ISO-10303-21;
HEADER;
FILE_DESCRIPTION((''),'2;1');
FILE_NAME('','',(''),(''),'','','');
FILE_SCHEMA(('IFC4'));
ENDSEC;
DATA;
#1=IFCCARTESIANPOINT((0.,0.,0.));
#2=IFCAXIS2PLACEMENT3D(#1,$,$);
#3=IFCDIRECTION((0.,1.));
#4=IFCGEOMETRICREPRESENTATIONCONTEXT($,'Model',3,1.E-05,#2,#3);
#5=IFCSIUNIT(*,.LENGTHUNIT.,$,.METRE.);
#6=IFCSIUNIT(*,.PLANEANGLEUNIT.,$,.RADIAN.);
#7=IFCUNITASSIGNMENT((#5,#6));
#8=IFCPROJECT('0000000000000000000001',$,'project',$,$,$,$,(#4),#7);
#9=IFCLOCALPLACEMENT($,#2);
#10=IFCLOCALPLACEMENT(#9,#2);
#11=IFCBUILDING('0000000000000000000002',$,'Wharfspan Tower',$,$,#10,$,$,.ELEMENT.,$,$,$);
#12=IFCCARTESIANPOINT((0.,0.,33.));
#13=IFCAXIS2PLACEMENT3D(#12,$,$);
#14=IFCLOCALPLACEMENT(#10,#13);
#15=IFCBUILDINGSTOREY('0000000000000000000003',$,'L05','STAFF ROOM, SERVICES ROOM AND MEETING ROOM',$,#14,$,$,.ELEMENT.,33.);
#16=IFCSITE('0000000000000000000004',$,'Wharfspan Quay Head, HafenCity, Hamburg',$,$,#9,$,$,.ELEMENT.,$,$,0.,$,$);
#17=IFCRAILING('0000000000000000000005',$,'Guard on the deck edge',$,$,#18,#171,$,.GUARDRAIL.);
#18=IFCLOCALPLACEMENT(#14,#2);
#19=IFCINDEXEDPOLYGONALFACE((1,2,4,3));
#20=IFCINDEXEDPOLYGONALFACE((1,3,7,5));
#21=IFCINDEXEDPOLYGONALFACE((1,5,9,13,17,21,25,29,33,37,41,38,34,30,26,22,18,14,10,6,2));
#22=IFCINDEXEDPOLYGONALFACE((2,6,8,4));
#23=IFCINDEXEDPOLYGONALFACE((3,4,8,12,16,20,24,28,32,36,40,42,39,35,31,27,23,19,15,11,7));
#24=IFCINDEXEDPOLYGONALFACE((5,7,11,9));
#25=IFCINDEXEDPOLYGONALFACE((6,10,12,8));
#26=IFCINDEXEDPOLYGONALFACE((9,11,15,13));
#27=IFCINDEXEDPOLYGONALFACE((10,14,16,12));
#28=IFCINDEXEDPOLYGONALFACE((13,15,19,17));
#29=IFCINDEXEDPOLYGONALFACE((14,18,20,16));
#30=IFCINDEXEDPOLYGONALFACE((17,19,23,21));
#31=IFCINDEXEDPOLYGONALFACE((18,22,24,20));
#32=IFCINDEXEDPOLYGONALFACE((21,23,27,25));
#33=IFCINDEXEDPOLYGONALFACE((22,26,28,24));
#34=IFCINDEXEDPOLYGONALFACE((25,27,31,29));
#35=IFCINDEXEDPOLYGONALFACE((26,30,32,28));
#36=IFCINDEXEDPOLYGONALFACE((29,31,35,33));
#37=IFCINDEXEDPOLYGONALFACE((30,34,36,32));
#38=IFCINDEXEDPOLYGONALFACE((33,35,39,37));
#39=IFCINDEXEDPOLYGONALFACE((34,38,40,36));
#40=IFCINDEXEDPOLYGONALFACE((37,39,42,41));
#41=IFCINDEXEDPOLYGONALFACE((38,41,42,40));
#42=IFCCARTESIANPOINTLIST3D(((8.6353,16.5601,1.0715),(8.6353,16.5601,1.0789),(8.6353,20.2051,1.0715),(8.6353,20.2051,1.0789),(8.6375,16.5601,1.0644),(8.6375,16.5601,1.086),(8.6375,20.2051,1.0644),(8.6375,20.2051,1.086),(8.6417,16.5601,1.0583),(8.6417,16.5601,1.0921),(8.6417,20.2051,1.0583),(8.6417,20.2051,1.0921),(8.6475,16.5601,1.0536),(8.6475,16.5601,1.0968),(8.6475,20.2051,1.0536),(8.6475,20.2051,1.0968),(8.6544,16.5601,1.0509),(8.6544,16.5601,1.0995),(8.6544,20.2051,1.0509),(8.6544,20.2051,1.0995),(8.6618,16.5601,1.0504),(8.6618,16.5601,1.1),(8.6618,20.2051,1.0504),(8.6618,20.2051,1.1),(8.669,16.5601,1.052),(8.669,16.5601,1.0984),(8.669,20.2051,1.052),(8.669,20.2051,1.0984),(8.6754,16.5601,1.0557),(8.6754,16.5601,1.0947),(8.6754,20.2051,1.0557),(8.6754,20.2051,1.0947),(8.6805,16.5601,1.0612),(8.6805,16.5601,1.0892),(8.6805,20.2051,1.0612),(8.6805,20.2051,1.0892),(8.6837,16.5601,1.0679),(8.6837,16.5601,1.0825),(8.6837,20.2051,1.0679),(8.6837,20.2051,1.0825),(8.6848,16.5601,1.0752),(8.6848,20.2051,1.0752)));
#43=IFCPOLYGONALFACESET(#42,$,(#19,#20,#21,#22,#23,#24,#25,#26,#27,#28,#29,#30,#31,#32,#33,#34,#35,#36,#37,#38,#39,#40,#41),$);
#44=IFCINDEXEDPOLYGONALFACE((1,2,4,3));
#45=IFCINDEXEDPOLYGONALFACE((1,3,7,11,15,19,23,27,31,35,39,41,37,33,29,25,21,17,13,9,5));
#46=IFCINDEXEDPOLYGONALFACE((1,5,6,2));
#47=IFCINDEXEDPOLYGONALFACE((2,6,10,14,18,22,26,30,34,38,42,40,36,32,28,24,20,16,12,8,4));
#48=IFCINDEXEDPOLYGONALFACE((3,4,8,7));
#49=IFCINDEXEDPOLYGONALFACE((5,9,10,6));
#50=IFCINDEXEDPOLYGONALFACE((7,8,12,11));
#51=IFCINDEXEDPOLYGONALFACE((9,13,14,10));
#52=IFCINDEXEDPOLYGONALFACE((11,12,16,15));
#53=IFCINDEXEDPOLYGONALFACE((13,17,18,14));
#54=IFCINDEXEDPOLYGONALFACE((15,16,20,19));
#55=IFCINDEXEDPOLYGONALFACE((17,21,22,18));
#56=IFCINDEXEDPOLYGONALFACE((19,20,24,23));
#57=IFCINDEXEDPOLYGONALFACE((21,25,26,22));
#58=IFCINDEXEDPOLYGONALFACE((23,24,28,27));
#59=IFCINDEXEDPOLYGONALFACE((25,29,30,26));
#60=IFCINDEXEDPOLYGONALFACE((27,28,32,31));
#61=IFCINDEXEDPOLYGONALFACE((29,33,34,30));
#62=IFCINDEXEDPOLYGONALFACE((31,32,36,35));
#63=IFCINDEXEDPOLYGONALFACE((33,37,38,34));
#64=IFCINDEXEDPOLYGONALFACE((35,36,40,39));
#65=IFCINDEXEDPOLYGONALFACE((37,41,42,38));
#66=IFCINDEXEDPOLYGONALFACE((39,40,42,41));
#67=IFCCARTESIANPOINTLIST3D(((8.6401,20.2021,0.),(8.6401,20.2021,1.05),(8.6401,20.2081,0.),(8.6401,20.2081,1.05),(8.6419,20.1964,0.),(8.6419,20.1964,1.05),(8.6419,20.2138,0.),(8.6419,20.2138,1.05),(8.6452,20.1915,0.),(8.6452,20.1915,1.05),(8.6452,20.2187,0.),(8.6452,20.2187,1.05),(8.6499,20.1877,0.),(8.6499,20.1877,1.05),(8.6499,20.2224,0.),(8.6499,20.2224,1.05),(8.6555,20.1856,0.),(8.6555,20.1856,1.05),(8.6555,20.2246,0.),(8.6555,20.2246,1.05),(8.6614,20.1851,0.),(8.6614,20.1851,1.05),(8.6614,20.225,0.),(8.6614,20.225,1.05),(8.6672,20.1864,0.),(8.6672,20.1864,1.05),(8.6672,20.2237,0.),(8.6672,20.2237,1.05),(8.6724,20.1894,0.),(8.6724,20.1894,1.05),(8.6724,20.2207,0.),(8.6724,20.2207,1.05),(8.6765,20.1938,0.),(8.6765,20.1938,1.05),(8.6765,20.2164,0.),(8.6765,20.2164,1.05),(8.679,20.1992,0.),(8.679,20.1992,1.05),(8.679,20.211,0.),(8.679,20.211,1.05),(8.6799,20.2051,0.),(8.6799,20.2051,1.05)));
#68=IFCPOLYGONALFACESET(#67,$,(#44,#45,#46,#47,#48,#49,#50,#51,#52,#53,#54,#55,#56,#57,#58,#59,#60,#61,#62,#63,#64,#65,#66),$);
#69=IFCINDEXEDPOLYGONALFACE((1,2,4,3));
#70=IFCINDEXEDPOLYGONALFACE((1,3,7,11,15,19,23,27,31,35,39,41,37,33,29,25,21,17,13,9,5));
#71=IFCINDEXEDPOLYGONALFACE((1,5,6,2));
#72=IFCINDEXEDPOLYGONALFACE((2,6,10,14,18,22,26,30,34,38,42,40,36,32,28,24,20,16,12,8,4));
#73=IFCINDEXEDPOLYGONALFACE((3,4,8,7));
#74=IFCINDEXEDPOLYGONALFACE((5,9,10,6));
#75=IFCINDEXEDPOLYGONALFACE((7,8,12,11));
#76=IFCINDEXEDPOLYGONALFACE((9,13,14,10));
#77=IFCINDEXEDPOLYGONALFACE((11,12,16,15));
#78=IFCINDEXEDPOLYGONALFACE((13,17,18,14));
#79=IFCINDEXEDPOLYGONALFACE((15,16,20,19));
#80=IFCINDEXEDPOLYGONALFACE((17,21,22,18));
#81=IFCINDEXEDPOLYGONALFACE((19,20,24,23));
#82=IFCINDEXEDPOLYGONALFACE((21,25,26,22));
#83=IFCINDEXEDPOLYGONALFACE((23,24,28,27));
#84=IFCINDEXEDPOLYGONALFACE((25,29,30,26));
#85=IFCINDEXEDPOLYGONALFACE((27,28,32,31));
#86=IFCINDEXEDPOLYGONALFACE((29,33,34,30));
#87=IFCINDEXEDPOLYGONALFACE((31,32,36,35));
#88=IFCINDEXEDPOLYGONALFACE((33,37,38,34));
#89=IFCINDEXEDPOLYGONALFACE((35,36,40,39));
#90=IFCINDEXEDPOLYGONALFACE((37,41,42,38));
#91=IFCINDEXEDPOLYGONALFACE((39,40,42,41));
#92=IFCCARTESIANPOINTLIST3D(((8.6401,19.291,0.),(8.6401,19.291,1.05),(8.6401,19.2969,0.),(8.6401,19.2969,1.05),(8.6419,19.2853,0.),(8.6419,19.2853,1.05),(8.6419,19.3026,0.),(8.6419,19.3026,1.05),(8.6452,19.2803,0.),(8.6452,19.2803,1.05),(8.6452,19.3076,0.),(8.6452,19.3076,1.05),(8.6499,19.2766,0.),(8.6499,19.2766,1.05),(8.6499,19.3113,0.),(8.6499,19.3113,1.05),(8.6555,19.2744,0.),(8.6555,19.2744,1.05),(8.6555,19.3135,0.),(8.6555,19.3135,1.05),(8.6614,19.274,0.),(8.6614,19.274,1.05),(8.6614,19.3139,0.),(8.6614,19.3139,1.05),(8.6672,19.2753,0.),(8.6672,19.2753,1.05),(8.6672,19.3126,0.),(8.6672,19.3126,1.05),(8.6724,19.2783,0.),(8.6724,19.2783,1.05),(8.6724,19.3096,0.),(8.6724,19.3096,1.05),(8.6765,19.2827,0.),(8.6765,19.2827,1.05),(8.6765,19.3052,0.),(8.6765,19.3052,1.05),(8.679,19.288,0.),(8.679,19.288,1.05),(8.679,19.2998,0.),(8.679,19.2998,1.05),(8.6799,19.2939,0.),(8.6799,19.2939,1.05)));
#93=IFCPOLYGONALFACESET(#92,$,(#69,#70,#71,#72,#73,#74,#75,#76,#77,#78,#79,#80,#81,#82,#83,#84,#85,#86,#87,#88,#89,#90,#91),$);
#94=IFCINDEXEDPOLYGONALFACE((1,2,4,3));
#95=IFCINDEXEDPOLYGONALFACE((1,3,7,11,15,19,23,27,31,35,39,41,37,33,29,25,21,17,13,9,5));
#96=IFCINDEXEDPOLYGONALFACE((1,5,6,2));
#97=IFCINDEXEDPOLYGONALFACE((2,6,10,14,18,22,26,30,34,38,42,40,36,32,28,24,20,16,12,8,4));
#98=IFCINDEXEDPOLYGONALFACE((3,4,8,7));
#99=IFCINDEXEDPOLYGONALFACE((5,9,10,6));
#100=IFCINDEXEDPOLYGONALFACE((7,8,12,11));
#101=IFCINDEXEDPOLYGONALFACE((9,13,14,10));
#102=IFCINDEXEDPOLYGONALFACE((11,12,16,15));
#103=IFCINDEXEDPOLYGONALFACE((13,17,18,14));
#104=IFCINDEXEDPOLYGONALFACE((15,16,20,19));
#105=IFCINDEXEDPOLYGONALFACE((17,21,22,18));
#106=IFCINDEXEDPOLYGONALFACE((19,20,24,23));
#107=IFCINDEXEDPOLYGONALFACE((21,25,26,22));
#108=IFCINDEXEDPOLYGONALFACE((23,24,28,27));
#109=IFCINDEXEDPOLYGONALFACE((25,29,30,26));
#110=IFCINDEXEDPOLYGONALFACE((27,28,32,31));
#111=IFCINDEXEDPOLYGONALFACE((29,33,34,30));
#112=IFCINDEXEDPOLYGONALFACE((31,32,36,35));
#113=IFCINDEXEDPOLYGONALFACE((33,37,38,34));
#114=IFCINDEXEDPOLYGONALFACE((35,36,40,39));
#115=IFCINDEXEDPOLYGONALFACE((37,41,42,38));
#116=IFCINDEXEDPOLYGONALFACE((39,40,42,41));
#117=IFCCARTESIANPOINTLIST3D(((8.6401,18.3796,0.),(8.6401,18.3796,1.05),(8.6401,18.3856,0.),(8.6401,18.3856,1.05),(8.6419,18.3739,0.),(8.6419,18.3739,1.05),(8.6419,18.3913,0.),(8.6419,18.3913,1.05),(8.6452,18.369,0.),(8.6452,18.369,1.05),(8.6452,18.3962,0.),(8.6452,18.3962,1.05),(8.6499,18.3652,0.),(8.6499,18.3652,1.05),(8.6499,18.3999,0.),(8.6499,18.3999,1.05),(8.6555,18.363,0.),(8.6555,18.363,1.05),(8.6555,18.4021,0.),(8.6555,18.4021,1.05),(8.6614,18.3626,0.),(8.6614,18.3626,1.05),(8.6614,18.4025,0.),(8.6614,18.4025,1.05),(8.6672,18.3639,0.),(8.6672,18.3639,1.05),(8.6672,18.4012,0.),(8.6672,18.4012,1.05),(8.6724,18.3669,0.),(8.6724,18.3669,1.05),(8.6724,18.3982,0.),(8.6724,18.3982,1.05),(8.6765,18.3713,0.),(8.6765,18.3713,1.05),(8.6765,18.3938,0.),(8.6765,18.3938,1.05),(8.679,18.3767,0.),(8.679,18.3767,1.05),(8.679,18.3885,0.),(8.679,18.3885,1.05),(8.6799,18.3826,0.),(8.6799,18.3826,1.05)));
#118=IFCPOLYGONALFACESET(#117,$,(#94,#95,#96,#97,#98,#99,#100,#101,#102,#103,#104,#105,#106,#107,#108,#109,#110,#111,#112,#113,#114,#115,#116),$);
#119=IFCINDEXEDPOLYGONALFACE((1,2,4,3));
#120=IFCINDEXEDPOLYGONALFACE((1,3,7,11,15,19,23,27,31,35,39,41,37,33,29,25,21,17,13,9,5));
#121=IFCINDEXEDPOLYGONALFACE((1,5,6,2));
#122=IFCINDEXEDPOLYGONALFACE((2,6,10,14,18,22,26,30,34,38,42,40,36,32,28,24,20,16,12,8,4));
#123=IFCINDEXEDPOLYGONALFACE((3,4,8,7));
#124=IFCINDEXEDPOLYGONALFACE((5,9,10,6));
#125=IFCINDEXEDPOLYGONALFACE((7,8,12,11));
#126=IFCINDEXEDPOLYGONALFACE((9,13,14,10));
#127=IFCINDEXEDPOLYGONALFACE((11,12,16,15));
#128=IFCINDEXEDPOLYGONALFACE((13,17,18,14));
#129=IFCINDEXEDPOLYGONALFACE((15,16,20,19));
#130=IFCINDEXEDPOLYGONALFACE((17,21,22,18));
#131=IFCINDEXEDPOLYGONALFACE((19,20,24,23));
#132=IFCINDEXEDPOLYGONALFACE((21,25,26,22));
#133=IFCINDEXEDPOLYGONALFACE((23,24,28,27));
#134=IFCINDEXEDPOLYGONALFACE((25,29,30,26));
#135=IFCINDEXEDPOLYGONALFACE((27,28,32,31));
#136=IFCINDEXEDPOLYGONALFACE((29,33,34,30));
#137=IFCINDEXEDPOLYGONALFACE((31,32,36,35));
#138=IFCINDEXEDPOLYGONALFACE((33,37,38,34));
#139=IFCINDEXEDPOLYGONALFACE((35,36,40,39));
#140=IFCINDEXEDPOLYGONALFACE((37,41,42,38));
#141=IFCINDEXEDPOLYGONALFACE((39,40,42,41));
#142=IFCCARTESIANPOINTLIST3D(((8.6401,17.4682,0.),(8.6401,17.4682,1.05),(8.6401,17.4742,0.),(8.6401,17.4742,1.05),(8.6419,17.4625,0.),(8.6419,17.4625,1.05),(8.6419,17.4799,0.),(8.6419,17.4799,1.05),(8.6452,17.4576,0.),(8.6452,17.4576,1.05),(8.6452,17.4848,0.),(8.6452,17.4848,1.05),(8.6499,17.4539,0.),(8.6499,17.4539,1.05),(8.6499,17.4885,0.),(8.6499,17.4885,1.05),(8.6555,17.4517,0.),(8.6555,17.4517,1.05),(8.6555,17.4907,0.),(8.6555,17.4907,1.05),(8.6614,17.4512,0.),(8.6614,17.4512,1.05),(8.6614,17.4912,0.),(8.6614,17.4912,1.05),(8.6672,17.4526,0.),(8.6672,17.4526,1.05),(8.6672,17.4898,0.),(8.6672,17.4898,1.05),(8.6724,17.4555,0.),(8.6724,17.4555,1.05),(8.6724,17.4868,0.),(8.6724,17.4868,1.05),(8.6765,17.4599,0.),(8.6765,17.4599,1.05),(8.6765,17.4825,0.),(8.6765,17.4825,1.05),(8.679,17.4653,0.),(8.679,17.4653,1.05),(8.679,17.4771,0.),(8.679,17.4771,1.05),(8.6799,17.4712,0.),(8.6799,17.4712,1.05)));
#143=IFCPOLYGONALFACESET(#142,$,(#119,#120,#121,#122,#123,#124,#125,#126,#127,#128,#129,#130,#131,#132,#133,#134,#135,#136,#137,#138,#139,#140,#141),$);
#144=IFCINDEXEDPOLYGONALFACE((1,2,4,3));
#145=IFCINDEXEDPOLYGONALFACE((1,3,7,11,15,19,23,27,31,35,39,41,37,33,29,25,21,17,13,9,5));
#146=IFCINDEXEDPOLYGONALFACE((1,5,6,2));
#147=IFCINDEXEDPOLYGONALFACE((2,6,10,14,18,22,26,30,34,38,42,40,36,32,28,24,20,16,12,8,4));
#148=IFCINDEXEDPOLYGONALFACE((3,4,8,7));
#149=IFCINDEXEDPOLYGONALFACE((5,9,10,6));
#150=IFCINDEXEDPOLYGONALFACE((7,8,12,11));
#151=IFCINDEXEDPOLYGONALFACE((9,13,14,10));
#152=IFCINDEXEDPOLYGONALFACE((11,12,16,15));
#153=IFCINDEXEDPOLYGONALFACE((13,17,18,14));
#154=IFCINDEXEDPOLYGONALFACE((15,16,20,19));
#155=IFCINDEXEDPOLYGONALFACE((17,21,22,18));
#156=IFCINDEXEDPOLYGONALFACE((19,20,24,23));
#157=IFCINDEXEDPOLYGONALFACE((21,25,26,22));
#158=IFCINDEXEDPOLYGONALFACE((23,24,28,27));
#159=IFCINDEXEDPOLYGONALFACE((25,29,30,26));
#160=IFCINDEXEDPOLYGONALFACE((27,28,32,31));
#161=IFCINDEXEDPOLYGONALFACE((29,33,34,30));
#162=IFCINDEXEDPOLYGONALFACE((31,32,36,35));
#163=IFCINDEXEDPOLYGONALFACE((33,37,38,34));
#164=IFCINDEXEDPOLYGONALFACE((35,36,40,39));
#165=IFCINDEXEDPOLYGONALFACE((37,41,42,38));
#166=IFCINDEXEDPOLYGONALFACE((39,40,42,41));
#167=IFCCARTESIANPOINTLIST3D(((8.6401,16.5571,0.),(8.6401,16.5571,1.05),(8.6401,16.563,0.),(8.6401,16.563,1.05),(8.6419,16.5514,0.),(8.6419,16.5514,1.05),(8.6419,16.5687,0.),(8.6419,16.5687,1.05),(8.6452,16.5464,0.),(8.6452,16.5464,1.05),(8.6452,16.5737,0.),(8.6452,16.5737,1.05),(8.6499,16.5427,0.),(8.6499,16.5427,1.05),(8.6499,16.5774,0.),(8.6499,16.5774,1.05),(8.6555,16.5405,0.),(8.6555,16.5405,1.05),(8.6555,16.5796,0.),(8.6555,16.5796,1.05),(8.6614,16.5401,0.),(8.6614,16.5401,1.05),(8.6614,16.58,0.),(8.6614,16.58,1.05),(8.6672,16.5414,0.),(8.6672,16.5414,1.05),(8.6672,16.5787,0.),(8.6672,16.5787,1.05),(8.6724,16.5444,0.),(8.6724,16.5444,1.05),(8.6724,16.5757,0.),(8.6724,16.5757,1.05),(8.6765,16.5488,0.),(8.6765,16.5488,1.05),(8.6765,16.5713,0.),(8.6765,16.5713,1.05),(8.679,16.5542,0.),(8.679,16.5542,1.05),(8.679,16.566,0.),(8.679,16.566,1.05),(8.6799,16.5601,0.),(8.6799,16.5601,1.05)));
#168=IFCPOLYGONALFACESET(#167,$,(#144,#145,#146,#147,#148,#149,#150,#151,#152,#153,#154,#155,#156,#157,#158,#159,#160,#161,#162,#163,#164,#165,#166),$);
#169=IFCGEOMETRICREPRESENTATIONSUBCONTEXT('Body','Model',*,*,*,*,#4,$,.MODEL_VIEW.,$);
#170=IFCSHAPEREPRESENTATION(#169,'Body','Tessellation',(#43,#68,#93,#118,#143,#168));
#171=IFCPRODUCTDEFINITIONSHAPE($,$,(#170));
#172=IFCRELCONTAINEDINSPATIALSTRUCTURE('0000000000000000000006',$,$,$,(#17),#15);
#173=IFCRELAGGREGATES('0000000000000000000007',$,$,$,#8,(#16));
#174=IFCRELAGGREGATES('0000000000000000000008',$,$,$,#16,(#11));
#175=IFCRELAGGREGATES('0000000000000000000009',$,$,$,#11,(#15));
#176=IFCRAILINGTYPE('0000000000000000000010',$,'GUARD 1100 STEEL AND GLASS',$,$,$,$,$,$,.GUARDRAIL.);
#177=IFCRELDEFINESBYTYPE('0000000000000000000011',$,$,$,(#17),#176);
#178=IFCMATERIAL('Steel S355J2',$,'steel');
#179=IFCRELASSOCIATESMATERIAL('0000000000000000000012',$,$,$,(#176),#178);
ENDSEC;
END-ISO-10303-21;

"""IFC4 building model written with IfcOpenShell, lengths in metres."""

from ifc_helpers import new_model, si_unit, direction, frame, origin, origin_2d, place, context, subcontext, project, spatial, circle, extrude, material, type_object, element, save


model = new_model("IFC4")

# Units and contexts
model_context = context("Model", 3, precision=1e-05, world=origin(), true_north=direction((0.0, 1.0)))
body_context = subcontext(model_context, "Body", "Model", "MODEL_VIEW")
ifc_project = project(units=[si_unit("LENGTHUNIT", "METRE"), si_unit("PLANEANGLEUNIT", "RADIAN")], contexts=[model_context])

# Site, building, storey
site_placement = place(None, origin())
site = spatial("IfcSite", under=ifc_project, at=site_placement, Name="Wharfspan Quay Head, HafenCity, Hamburg", CompositionType="ELEMENT", RefElevation=0.0)
building_placement = place(site_placement, origin())
building = spatial("IfcBuilding", under=site, at=building_placement, Name="Wharfspan Tower", CompositionType="ELEMENT")
storey_placement = place(building_placement, frame((0.0, 0.0, 33.0)))
storey = spatial("IfcBuildingStorey", under=building, at=storey_placement, Name="L05", Description="STAFF ROOM, SERVICES ROOM AND MEETING ROOM", CompositionType="ELEMENT", Elevation=33.0)

# Railing
ifc_material_1 = material(Name="Steel S355J2", Category="steel")
railing_type_1 = type_object("IfcRailingType", Name="GUARD 1100 STEEL AND GLASS", PredefinedType="GUARDRAIL", material=ifc_material_1)
railing_1_placement = place(storey_placement, frame((8.6599, 20.2051, 0.0)))
element("IfcRailing", 1, at=railing_1_placement, inside=storey, type_object=railing_type_1, Name="Guard on the deck edge", PredefinedType="GUARDRAIL", context=body_context, shape_type="SweptSolid", body=[
    extrude(circle(Radius=0.0249, at=origin_2d()), frame((0.0, 0.0, 1.0752), z_axis=(0.0, -1.0, 0.0), x_axis=(1.0, 0.0, 0.0)), (0.0, 0.0, 1.0), 3.645),
    extrude(circle(Radius=0.02, at=origin_2d()), origin(), (0.0, 0.0, 1.0), 1.05),
    extrude(circle(Radius=0.02, at=origin_2d()), frame((0.0, -0.9111, 0.0)), (0.0, 0.0, 1.0), 1.05),
    extrude(circle(Radius=0.02, at=origin_2d()), frame((0.0, -1.8225, 0.0)), (0.0, 0.0, 1.0), 1.05),
    extrude(circle(Radius=0.02, at=origin_2d()), frame((0.0, -2.7339, 0.0)), (0.0, 0.0, 1.0), 1.05),
    extrude(circle(Radius=0.02, at=origin_2d()), frame((0.0, -3.645, 0.0)), (0.0, 0.0, 1.0), 1.05),
])

save(model, "model.ifc")
